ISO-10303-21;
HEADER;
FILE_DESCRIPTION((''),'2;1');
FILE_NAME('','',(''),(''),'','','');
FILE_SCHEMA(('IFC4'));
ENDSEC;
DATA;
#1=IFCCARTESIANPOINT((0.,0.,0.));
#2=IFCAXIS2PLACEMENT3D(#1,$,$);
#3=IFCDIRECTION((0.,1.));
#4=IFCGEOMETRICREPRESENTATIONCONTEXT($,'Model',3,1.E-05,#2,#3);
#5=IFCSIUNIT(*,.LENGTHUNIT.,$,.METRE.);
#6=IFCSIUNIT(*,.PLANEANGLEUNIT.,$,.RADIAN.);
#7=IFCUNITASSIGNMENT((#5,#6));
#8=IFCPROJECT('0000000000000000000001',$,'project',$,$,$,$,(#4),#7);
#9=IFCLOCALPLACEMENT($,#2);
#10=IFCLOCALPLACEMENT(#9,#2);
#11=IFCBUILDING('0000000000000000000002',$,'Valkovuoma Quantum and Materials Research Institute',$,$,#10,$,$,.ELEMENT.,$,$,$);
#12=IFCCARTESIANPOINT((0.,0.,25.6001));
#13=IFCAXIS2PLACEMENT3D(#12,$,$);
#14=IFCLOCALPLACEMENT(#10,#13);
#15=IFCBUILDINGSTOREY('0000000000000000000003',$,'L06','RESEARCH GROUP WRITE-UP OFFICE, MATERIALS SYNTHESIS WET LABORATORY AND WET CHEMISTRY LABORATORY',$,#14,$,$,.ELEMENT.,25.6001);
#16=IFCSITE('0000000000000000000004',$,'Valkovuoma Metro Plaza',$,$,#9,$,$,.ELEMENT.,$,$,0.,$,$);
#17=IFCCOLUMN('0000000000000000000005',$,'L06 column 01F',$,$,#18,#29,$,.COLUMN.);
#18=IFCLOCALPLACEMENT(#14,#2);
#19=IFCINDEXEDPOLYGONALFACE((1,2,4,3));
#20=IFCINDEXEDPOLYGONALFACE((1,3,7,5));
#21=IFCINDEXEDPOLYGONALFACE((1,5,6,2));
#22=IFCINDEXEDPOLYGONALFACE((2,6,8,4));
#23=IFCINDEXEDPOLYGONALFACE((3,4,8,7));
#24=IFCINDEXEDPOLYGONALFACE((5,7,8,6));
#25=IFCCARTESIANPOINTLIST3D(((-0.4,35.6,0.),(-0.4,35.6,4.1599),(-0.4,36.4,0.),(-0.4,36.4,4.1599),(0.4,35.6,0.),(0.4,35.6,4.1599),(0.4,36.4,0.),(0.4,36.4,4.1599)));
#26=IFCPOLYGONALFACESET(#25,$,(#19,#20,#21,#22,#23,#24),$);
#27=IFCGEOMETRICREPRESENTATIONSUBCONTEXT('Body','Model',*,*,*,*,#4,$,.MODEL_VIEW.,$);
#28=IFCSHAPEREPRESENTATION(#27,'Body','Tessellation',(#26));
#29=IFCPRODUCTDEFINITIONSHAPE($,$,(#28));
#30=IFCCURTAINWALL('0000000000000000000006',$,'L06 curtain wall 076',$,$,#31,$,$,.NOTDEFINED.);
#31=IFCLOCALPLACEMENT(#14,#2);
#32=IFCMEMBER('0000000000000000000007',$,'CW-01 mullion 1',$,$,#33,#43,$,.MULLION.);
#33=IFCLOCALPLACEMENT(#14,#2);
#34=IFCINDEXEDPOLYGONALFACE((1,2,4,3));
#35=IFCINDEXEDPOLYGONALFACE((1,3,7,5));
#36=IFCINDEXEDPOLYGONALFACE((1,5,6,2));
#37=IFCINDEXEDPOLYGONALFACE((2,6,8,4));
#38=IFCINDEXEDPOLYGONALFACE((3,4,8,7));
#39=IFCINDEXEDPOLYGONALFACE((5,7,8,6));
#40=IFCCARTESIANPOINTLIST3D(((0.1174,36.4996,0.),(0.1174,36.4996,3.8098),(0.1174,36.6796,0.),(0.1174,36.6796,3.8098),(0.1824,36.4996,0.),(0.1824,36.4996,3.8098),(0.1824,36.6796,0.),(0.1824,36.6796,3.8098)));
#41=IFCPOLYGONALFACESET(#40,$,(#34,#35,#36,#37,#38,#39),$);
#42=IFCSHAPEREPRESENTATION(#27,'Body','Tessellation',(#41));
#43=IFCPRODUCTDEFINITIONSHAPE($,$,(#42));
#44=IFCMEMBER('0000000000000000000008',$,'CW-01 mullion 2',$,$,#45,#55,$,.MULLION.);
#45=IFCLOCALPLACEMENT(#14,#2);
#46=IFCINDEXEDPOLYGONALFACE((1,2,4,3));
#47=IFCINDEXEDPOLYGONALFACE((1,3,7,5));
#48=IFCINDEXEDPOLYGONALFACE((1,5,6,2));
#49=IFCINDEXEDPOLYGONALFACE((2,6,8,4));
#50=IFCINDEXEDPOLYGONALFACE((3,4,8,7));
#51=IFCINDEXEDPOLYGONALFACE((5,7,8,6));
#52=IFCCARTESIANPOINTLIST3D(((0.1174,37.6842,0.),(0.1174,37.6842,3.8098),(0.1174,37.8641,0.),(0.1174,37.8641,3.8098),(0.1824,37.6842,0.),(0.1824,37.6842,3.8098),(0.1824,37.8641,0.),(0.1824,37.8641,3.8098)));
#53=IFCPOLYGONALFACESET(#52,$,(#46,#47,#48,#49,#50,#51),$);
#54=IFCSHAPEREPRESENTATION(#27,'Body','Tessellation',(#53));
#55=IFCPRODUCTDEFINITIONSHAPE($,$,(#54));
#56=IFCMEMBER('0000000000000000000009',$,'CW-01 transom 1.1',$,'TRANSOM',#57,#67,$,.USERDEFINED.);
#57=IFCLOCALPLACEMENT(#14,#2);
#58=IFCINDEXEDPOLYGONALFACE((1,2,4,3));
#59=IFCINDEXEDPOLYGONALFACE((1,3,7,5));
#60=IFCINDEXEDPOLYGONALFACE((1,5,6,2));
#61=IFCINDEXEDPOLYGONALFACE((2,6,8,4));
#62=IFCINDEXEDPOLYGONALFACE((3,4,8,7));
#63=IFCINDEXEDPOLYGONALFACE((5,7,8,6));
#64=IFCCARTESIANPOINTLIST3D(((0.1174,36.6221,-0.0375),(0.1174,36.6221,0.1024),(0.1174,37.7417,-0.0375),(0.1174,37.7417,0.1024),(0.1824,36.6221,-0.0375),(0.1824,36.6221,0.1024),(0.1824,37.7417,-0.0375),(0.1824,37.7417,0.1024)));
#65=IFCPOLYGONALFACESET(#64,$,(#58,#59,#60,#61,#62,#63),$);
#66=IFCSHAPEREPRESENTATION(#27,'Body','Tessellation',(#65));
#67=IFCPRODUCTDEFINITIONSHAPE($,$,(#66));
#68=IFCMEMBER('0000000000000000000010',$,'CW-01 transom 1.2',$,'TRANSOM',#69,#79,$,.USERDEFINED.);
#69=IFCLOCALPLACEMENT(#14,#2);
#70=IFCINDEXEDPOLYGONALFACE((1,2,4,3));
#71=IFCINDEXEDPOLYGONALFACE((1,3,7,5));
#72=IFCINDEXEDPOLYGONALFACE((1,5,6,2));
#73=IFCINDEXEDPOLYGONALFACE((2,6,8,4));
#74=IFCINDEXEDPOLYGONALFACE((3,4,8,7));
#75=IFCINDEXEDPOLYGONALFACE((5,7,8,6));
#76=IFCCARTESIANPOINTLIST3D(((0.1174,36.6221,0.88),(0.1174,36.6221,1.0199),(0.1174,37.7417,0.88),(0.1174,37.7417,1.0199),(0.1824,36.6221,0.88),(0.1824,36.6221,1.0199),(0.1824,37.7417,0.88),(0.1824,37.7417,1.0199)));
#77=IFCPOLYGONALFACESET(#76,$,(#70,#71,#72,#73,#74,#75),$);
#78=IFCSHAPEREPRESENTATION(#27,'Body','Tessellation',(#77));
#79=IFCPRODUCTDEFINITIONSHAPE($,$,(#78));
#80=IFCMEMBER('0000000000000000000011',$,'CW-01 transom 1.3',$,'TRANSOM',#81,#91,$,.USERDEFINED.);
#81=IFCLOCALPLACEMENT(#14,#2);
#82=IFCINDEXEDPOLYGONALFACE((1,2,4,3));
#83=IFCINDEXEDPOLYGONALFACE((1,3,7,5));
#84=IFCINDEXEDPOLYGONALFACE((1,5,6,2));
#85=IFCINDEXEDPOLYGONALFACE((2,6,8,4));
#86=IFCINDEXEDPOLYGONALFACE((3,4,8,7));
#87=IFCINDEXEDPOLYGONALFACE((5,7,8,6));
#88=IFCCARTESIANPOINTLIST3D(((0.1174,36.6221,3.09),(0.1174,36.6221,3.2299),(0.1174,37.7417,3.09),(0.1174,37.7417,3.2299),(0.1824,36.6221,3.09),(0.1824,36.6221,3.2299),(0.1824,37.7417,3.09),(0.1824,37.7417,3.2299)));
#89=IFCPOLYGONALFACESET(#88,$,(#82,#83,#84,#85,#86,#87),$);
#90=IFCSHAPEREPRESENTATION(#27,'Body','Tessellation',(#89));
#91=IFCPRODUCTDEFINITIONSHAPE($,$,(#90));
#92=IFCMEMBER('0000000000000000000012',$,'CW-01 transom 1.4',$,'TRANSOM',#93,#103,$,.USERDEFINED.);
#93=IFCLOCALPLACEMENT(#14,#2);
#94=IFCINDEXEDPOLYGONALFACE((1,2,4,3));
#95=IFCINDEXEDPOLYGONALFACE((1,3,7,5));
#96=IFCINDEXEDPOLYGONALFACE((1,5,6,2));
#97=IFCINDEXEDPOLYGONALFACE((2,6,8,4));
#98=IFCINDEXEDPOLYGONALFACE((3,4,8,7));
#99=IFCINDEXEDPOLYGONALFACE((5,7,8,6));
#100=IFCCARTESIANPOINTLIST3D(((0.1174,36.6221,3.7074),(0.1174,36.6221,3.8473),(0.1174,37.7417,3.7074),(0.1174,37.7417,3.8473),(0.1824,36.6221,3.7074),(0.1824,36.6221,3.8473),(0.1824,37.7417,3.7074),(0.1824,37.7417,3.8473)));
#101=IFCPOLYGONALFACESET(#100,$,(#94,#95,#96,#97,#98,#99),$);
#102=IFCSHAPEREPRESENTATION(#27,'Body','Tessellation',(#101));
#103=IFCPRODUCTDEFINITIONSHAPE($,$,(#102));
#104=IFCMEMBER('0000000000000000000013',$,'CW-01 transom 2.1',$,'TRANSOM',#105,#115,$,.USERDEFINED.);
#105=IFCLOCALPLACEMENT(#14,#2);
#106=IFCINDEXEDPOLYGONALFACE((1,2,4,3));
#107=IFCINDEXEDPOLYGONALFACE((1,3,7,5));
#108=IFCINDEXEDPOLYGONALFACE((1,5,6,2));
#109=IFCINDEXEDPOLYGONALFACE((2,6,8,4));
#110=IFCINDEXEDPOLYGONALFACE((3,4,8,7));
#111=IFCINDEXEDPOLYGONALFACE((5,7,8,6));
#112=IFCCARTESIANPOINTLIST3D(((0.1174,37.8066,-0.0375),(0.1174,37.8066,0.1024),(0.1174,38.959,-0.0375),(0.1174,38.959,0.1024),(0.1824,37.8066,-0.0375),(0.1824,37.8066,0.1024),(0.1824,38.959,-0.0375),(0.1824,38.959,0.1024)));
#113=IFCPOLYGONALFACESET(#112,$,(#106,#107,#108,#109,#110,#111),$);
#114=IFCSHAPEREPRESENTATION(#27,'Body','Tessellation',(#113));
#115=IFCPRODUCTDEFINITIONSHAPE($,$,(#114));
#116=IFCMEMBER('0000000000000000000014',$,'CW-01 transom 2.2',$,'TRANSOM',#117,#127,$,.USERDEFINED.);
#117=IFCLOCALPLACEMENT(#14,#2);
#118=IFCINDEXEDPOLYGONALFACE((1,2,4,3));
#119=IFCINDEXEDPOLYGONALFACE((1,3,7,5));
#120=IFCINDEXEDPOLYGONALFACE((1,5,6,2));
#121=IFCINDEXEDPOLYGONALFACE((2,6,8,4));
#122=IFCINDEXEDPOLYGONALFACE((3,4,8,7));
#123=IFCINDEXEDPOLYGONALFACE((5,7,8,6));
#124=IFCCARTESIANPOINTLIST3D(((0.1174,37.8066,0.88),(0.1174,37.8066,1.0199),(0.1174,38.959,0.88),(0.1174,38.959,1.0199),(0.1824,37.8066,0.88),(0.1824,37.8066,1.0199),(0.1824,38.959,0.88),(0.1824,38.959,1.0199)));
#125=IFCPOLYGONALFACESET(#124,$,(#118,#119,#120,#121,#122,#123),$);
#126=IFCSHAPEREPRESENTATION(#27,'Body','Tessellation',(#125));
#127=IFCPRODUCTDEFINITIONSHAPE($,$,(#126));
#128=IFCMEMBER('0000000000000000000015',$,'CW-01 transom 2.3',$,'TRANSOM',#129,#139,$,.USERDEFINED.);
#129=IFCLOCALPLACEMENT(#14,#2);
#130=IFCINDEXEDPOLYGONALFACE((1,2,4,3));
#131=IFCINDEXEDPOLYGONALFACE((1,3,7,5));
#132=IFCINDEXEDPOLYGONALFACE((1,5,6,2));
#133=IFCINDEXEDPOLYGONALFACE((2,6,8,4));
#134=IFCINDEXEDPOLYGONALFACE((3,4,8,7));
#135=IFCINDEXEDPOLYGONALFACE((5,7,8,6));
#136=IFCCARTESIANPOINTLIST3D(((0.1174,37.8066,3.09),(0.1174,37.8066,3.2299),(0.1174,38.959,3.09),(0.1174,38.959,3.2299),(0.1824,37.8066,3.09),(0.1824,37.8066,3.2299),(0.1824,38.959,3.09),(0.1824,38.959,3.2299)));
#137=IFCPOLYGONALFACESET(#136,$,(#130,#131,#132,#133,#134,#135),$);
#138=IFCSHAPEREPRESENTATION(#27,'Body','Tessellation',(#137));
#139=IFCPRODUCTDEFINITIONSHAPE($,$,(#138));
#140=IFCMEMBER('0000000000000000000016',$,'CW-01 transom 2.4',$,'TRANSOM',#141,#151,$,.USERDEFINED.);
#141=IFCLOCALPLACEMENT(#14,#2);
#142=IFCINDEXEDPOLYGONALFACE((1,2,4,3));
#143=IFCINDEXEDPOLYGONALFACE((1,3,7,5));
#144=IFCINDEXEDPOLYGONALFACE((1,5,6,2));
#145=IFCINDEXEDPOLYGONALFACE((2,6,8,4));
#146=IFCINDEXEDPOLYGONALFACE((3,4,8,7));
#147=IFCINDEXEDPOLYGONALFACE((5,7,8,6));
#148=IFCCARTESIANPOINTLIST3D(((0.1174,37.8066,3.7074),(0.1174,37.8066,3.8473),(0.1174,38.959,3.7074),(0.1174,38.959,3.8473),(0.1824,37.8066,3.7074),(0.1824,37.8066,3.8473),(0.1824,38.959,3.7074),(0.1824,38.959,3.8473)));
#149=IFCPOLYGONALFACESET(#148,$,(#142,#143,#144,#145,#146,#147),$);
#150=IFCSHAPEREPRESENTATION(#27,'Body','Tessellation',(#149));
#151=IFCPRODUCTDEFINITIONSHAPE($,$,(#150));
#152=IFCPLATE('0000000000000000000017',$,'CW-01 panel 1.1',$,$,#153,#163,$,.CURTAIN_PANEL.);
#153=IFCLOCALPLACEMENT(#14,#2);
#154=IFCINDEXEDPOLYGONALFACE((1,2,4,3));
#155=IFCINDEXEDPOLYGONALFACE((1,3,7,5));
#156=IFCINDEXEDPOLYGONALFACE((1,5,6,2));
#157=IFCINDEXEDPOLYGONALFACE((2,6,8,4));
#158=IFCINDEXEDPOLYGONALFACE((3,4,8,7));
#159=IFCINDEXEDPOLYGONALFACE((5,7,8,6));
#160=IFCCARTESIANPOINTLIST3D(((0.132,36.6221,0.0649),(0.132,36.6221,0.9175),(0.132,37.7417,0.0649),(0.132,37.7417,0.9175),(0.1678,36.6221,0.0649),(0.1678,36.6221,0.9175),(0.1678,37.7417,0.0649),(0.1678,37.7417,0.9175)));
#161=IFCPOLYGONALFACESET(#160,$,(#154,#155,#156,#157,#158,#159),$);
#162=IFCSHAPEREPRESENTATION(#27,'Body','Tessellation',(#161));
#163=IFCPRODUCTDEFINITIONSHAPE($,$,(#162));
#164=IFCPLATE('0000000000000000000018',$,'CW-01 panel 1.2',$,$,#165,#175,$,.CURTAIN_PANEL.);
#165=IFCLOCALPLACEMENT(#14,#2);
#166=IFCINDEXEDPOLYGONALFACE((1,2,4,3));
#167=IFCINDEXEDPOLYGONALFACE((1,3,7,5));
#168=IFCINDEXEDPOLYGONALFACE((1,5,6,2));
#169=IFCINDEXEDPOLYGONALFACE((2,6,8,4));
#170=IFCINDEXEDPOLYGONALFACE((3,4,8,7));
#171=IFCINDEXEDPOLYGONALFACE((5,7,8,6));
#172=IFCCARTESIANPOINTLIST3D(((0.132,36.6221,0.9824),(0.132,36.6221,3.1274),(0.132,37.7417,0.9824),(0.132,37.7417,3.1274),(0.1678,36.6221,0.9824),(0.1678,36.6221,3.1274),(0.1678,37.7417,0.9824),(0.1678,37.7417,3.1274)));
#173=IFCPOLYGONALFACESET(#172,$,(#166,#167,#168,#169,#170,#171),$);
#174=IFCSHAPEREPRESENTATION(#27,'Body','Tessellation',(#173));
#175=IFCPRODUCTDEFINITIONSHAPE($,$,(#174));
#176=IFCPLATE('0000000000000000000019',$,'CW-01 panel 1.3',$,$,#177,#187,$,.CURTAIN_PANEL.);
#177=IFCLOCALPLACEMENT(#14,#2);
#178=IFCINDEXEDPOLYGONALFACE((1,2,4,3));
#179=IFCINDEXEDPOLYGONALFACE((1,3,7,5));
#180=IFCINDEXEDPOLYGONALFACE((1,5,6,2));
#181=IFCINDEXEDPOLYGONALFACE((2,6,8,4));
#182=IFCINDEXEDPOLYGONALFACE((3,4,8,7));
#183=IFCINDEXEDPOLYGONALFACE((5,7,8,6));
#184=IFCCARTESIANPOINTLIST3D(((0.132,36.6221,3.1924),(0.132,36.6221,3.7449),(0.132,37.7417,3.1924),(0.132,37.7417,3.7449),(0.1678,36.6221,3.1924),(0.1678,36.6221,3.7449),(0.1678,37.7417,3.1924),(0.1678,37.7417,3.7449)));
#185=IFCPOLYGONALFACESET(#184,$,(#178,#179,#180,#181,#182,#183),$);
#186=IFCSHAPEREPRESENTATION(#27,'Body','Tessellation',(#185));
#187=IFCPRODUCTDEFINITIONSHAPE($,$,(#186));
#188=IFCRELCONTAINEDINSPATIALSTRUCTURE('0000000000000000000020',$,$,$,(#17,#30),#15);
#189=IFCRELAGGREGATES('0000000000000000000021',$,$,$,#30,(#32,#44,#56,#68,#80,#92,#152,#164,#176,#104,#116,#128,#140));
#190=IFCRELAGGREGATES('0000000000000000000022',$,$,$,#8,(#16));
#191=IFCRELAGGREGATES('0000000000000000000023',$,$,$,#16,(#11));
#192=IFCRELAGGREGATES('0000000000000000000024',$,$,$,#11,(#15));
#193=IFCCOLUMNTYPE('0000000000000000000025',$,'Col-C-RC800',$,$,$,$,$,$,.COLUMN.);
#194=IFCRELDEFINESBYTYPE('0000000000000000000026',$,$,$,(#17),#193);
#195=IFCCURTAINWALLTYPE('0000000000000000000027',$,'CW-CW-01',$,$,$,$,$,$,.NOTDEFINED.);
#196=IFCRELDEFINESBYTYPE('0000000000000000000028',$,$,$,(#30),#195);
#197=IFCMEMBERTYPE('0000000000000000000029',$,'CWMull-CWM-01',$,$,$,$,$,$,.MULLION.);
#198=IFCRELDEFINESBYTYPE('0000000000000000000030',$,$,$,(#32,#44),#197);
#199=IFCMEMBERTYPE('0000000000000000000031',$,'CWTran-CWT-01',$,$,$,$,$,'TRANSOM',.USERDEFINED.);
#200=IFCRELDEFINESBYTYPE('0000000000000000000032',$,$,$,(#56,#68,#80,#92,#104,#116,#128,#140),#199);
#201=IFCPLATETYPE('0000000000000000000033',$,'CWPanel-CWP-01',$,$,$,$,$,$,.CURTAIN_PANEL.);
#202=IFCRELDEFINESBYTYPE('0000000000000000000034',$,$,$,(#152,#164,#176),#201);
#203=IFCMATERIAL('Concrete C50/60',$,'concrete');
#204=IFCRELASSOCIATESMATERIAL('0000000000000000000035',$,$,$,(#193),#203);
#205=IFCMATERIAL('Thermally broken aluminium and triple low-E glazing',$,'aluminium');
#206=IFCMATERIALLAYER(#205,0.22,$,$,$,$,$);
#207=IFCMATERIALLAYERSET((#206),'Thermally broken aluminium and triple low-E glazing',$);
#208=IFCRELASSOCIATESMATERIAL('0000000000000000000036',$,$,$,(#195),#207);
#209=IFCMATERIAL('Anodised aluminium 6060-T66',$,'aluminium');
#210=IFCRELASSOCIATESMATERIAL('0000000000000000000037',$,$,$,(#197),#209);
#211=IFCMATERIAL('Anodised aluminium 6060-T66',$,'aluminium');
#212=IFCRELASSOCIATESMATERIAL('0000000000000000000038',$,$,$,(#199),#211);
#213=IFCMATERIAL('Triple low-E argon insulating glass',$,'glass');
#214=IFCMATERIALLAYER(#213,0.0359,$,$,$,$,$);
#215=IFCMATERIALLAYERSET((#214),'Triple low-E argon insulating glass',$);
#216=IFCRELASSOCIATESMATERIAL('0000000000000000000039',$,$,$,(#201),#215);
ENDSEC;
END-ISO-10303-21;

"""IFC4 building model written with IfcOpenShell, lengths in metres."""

from ifc_helpers import new_model, si_unit, direction, frame, origin, origin_2d, place, context, subcontext, project, spatial, rectangle, extrude, material, layer, layer_set, material_profile, profile_set, type_object, element, aggregate, save


model = new_model("IFC4")

# Units and contexts
model_context = context("Model", 3, precision=1e-05, world=origin(), true_north=direction((0.0, 1.0)))
body_context = subcontext(model_context, "Body", "Model", "MODEL_VIEW")
ifc_project = project(units=[si_unit("LENGTHUNIT", "METRE"), si_unit("PLANEANGLEUNIT", "RADIAN")], contexts=[model_context])

# Site, building, storey
site_placement = place(None, origin())
site = spatial("IfcSite", under=ifc_project, at=site_placement, Name="Valkovuoma Metro Plaza", CompositionType="ELEMENT", RefElevation=0.0)
building_placement = place(site_placement, origin())
building = spatial("IfcBuilding", under=site, at=building_placement, Name="Valkovuoma Quantum and Materials Research Institute", CompositionType="ELEMENT")
storey_placement = place(building_placement, frame((0.0, 0.0, 25.6001)))
storey = spatial("IfcBuildingStorey", under=building, at=storey_placement, Name="L06", Description="RESEARCH GROUP WRITE-UP OFFICE, MATERIALS SYNTHESIS WET LABORATORY AND WET CHEMISTRY LABORATORY", CompositionType="ELEMENT", Elevation=25.6001)

# Column
ifc_material_1 = material(Name="Concrete C50/60", Category="concrete")
ifc_material_profile_1 = material_profile(ifc_material_1, rectangle(XDim=0.8, YDim=0.8, at=origin_2d()), Name="Concrete C50/60")
ifc_profile_set_1 = profile_set([ifc_material_profile_1], Name="Concrete C50/60")
column_type = type_object("IfcColumnType", Name="Col-C-RC800", PredefinedType="COLUMN", material=ifc_profile_set_1)
column_placement = place(storey_placement, frame((0.0, 36.0, 0.0), z_axis=(0.0, 0.0, 1.0), x_axis=(1.0, 0.0, 0.0)))
element("IfcColumn", 1, at=column_placement, inside=storey, type_object=column_type, Name="L06 column 01F", PredefinedType="COLUMN", context=body_context, shape_type="SweptSolid", body=[
    extrude(rectangle(XDim=0.8, YDim=0.8, at=origin_2d()), origin(), (0.0, 0.0, 1.0), 4.1599),
])

# Curtain wall, members, plates
ifc_material_2 = material(Name="Thermally broken aluminium and triple low-E glazing", Category="aluminium")
ifc_layer_1 = layer(ifc_material_2, 0.22)
ifc_layer_set_1 = layer_set([ifc_layer_1], Name="Thermally broken aluminium and triple low-E glazing")
curtain_wall_type = type_object("IfcCurtainWallType", Name="CW-CW-01", PredefinedType="NOTDEFINED", material=ifc_layer_set_1)
curtain_wall_placement = place(storey_placement, origin())
curtain_wall = element("IfcCurtainWall", 2, at=curtain_wall_placement, inside=storey, type_object=curtain_wall_type, Name="L06 curtain wall 076", PredefinedType="NOTDEFINED")
ifc_material_3 = material(Name="Anodised aluminium 6060-T66", Category="aluminium")
ifc_material_profile_2 = material_profile(ifc_material_3, rectangle(XDim=0.0649, YDim=0.1799, at=origin_2d()), Name="Anodised aluminium 6060-T66")
ifc_profile_set_2 = profile_set([ifc_material_profile_2], Name="Anodised aluminium 6060-T66")
member_type_1 = type_object("IfcMemberType", Name="CWMull-CWM-01", PredefinedType="MULLION", material=ifc_profile_set_2)
member_1_placement = place(storey_placement, frame((0.1499, 36.5896, 0.0), z_axis=(0.0, 0.0, 1.0), x_axis=(-1.0, 0.0, 0.0)))
member_1 = element("IfcMember", 3, at=member_1_placement, type_object=member_type_1, Name="CW-01 mullion 1", PredefinedType="MULLION", context=body_context, shape_type="SweptSolid", body=[
    extrude(rectangle(XDim=0.0649, YDim=0.1799, at=origin_2d()), origin(), (0.0, 0.0, 1.0), 3.8098),
])
member_2_placement = place(storey_placement, frame((0.1499, 37.7742, 0.0), z_axis=(0.0, 0.0, 1.0), x_axis=(-1.0, 0.0, 0.0)))
member_2 = element("IfcMember", 4, at=member_2_placement, type_object=member_type_1, Name="CW-01 mullion 2", PredefinedType="MULLION", context=body_context, shape_type="SweptSolid", body=[
    extrude(rectangle(XDim=0.0649, YDim=0.1799, at=origin_2d()), origin(), (0.0, 0.0, 1.0), 3.8098),
])
ifc_material_4 = material(Name="Anodised aluminium 6060-T66", Category="aluminium")
ifc_material_profile_3 = material_profile(ifc_material_4, rectangle(XDim=0.0649, YDim=0.1399, at=origin_2d()), Name="Anodised aluminium 6060-T66")
ifc_profile_set_3 = profile_set([ifc_material_profile_3], Name="Anodised aluminium 6060-T66")
member_type_2 = type_object("IfcMemberType", Name="CWTran-CWT-01", ElementType="TRANSOM", PredefinedType="USERDEFINED", material=ifc_profile_set_3)
member_3_placement = place(storey_placement, frame((0.1499, 36.6221, 0.0325), z_axis=(0.0, 1.0, 0.0), x_axis=(-1.0, 0.0, 0.0)))
member_3 = element("IfcMember", 5, at=member_3_placement, type_object=member_type_2, Name="CW-01 transom 1.1", ObjectType="TRANSOM", PredefinedType="USERDEFINED", context=body_context, shape_type="SweptSolid", body=[
    extrude(rectangle(XDim=0.0649, YDim=0.1399, at=origin_2d()), origin(), (0.0, 0.0, 1.0), 1.1196),
])
member_4_placement = place(storey_placement, frame((0.1499, 36.6221, 0.95), z_axis=(0.0, 1.0, 0.0), x_axis=(-1.0, 0.0, 0.0)))
member_4 = element("IfcMember", 6, at=member_4_placement, type_object=member_type_2, Name="CW-01 transom 1.2", ObjectType="TRANSOM", PredefinedType="USERDEFINED", context=body_context, shape_type="SweptSolid", body=[
    extrude(rectangle(XDim=0.0649, YDim=0.1399, at=origin_2d()), origin(), (0.0, 0.0, 1.0), 1.1196),
])
member_5_placement = place(storey_placement, frame((0.1499, 36.6221, 3.1599), z_axis=(0.0, 1.0, 0.0), x_axis=(-1.0, 0.0, 0.0)))
member_5 = element("IfcMember", 7, at=member_5_placement, type_object=member_type_2, Name="CW-01 transom 1.3", ObjectType="TRANSOM", PredefinedType="USERDEFINED", context=body_context, shape_type="SweptSolid", body=[
    extrude(rectangle(XDim=0.0649, YDim=0.1399, at=origin_2d()), origin(), (0.0, 0.0, 1.0), 1.1196),
])
member_6_placement = place(storey_placement, frame((0.1499, 36.6221, 3.7773), z_axis=(0.0, 1.0, 0.0), x_axis=(-1.0, 0.0, 0.0)))
member_6 = element("IfcMember", 8, at=member_6_placement, type_object=member_type_2, Name="CW-01 transom 1.4", ObjectType="TRANSOM", PredefinedType="USERDEFINED", context=body_context, shape_type="SweptSolid", body=[
    extrude(rectangle(XDim=0.0649, YDim=0.1399, at=origin_2d()), origin(), (0.0, 0.0, 1.0), 1.1196),
])
member_7_placement = place(storey_placement, frame((0.1499, 37.8066, 0.0325), z_axis=(0.0, 1.0, 0.0), x_axis=(-1.0, 0.0, 0.0)))
member_7 = element("IfcMember", 9, at=member_7_placement, type_object=member_type_2, Name="CW-01 transom 2.1", ObjectType="TRANSOM", PredefinedType="USERDEFINED", context=body_context, shape_type="SweptSolid", body=[
    extrude(rectangle(XDim=0.0649, YDim=0.1399, at=origin_2d()), origin(), (0.0, 0.0, 1.0), 1.1523),
])
member_8_placement = place(storey_placement, frame((0.1499, 37.8066, 0.95), z_axis=(0.0, 1.0, 0.0), x_axis=(-1.0, 0.0, 0.0)))
member_8 = element("IfcMember", 10, at=member_8_placement, type_object=member_type_2, Name="CW-01 transom 2.2", ObjectType="TRANSOM", PredefinedType="USERDEFINED", context=body_context, shape_type="SweptSolid", body=[
    extrude(rectangle(XDim=0.0649, YDim=0.1399, at=origin_2d()), origin(), (0.0, 0.0, 1.0), 1.1523),
])
member_9_placement = place(storey_placement, frame((0.1499, 37.8066, 3.1599), z_axis=(0.0, 1.0, 0.0), x_axis=(-1.0, 0.0, 0.0)))
member_9 = element("IfcMember", 11, at=member_9_placement, type_object=member_type_2, Name="CW-01 transom 2.3", ObjectType="TRANSOM", PredefinedType="USERDEFINED", context=body_context, shape_type="SweptSolid", body=[
    extrude(rectangle(XDim=0.0649, YDim=0.1399, at=origin_2d()), origin(), (0.0, 0.0, 1.0), 1.1523),
])
member_10_placement = place(storey_placement, frame((0.1499, 37.8066, 3.7773), z_axis=(0.0, 1.0, 0.0), x_axis=(-1.0, 0.0, 0.0)))
member_10 = element("IfcMember", 12, at=member_10_placement, type_object=member_type_2, Name="CW-01 transom 2.4", ObjectType="TRANSOM", PredefinedType="USERDEFINED", context=body_context, shape_type="SweptSolid", body=[
    extrude(rectangle(XDim=0.0649, YDim=0.1399, at=origin_2d()), origin(), (0.0, 0.0, 1.0), 1.1523),
])
ifc_material_5 = material(Name="Triple low-E argon insulating glass", Category="glass")
ifc_layer_2 = layer(ifc_material_5, 0.0359)
ifc_layer_set_2 = layer_set([ifc_layer_2], Name="Triple low-E argon insulating glass")
plate_type = type_object("IfcPlateType", Name="CWPanel-CWP-01", PredefinedType="CURTAIN_PANEL", material=ifc_layer_set_2)
plate_1_placement = place(storey_placement, frame((0.1499, 37.1819, 0.0649), z_axis=(0.0, 0.0, 1.0), x_axis=(0.0, 1.0, 0.0)))
plate_1 = element("IfcPlate", 13, at=plate_1_placement, type_object=plate_type, Name="CW-01 panel 1.1", PredefinedType="CURTAIN_PANEL", context=body_context, shape_type="SweptSolid", body=[
    extrude(rectangle(XDim=1.1196, YDim=0.0359, at=origin_2d()), origin(), (0.0, 0.0, 1.0), 0.8525),
])
plate_2_placement = place(storey_placement, frame((0.1499, 37.1819, 0.9824), z_axis=(0.0, 0.0, 1.0), x_axis=(0.0, 1.0, 0.0)))
plate_2 = element("IfcPlate", 14, at=plate_2_placement, type_object=plate_type, Name="CW-01 panel 1.2", PredefinedType="CURTAIN_PANEL", context=body_context, shape_type="SweptSolid", body=[
    extrude(rectangle(XDim=1.1196, YDim=0.0359, at=origin_2d()), origin(), (0.0, 0.0, 1.0), 2.145),
])
plate_3_placement = place(storey_placement, frame((0.1499, 37.1819, 3.1924), z_axis=(0.0, 0.0, 1.0), x_axis=(0.0, 1.0, 0.0)))
plate_3 = element("IfcPlate", 15, at=plate_3_placement, type_object=plate_type, Name="CW-01 panel 1.3", PredefinedType="CURTAIN_PANEL", context=body_context, shape_type="SweptSolid", body=[
    extrude(rectangle(XDim=1.1196, YDim=0.0359, at=origin_2d()), origin(), (0.0, 0.0, 1.0), 0.5525),
])
aggregate(curtain_wall, [member_1, member_2, member_3, member_4, member_5, member_6, plate_1, plate_2, plate_3, member_7, member_8, member_9, member_10])

save(model, "model.ifc")
